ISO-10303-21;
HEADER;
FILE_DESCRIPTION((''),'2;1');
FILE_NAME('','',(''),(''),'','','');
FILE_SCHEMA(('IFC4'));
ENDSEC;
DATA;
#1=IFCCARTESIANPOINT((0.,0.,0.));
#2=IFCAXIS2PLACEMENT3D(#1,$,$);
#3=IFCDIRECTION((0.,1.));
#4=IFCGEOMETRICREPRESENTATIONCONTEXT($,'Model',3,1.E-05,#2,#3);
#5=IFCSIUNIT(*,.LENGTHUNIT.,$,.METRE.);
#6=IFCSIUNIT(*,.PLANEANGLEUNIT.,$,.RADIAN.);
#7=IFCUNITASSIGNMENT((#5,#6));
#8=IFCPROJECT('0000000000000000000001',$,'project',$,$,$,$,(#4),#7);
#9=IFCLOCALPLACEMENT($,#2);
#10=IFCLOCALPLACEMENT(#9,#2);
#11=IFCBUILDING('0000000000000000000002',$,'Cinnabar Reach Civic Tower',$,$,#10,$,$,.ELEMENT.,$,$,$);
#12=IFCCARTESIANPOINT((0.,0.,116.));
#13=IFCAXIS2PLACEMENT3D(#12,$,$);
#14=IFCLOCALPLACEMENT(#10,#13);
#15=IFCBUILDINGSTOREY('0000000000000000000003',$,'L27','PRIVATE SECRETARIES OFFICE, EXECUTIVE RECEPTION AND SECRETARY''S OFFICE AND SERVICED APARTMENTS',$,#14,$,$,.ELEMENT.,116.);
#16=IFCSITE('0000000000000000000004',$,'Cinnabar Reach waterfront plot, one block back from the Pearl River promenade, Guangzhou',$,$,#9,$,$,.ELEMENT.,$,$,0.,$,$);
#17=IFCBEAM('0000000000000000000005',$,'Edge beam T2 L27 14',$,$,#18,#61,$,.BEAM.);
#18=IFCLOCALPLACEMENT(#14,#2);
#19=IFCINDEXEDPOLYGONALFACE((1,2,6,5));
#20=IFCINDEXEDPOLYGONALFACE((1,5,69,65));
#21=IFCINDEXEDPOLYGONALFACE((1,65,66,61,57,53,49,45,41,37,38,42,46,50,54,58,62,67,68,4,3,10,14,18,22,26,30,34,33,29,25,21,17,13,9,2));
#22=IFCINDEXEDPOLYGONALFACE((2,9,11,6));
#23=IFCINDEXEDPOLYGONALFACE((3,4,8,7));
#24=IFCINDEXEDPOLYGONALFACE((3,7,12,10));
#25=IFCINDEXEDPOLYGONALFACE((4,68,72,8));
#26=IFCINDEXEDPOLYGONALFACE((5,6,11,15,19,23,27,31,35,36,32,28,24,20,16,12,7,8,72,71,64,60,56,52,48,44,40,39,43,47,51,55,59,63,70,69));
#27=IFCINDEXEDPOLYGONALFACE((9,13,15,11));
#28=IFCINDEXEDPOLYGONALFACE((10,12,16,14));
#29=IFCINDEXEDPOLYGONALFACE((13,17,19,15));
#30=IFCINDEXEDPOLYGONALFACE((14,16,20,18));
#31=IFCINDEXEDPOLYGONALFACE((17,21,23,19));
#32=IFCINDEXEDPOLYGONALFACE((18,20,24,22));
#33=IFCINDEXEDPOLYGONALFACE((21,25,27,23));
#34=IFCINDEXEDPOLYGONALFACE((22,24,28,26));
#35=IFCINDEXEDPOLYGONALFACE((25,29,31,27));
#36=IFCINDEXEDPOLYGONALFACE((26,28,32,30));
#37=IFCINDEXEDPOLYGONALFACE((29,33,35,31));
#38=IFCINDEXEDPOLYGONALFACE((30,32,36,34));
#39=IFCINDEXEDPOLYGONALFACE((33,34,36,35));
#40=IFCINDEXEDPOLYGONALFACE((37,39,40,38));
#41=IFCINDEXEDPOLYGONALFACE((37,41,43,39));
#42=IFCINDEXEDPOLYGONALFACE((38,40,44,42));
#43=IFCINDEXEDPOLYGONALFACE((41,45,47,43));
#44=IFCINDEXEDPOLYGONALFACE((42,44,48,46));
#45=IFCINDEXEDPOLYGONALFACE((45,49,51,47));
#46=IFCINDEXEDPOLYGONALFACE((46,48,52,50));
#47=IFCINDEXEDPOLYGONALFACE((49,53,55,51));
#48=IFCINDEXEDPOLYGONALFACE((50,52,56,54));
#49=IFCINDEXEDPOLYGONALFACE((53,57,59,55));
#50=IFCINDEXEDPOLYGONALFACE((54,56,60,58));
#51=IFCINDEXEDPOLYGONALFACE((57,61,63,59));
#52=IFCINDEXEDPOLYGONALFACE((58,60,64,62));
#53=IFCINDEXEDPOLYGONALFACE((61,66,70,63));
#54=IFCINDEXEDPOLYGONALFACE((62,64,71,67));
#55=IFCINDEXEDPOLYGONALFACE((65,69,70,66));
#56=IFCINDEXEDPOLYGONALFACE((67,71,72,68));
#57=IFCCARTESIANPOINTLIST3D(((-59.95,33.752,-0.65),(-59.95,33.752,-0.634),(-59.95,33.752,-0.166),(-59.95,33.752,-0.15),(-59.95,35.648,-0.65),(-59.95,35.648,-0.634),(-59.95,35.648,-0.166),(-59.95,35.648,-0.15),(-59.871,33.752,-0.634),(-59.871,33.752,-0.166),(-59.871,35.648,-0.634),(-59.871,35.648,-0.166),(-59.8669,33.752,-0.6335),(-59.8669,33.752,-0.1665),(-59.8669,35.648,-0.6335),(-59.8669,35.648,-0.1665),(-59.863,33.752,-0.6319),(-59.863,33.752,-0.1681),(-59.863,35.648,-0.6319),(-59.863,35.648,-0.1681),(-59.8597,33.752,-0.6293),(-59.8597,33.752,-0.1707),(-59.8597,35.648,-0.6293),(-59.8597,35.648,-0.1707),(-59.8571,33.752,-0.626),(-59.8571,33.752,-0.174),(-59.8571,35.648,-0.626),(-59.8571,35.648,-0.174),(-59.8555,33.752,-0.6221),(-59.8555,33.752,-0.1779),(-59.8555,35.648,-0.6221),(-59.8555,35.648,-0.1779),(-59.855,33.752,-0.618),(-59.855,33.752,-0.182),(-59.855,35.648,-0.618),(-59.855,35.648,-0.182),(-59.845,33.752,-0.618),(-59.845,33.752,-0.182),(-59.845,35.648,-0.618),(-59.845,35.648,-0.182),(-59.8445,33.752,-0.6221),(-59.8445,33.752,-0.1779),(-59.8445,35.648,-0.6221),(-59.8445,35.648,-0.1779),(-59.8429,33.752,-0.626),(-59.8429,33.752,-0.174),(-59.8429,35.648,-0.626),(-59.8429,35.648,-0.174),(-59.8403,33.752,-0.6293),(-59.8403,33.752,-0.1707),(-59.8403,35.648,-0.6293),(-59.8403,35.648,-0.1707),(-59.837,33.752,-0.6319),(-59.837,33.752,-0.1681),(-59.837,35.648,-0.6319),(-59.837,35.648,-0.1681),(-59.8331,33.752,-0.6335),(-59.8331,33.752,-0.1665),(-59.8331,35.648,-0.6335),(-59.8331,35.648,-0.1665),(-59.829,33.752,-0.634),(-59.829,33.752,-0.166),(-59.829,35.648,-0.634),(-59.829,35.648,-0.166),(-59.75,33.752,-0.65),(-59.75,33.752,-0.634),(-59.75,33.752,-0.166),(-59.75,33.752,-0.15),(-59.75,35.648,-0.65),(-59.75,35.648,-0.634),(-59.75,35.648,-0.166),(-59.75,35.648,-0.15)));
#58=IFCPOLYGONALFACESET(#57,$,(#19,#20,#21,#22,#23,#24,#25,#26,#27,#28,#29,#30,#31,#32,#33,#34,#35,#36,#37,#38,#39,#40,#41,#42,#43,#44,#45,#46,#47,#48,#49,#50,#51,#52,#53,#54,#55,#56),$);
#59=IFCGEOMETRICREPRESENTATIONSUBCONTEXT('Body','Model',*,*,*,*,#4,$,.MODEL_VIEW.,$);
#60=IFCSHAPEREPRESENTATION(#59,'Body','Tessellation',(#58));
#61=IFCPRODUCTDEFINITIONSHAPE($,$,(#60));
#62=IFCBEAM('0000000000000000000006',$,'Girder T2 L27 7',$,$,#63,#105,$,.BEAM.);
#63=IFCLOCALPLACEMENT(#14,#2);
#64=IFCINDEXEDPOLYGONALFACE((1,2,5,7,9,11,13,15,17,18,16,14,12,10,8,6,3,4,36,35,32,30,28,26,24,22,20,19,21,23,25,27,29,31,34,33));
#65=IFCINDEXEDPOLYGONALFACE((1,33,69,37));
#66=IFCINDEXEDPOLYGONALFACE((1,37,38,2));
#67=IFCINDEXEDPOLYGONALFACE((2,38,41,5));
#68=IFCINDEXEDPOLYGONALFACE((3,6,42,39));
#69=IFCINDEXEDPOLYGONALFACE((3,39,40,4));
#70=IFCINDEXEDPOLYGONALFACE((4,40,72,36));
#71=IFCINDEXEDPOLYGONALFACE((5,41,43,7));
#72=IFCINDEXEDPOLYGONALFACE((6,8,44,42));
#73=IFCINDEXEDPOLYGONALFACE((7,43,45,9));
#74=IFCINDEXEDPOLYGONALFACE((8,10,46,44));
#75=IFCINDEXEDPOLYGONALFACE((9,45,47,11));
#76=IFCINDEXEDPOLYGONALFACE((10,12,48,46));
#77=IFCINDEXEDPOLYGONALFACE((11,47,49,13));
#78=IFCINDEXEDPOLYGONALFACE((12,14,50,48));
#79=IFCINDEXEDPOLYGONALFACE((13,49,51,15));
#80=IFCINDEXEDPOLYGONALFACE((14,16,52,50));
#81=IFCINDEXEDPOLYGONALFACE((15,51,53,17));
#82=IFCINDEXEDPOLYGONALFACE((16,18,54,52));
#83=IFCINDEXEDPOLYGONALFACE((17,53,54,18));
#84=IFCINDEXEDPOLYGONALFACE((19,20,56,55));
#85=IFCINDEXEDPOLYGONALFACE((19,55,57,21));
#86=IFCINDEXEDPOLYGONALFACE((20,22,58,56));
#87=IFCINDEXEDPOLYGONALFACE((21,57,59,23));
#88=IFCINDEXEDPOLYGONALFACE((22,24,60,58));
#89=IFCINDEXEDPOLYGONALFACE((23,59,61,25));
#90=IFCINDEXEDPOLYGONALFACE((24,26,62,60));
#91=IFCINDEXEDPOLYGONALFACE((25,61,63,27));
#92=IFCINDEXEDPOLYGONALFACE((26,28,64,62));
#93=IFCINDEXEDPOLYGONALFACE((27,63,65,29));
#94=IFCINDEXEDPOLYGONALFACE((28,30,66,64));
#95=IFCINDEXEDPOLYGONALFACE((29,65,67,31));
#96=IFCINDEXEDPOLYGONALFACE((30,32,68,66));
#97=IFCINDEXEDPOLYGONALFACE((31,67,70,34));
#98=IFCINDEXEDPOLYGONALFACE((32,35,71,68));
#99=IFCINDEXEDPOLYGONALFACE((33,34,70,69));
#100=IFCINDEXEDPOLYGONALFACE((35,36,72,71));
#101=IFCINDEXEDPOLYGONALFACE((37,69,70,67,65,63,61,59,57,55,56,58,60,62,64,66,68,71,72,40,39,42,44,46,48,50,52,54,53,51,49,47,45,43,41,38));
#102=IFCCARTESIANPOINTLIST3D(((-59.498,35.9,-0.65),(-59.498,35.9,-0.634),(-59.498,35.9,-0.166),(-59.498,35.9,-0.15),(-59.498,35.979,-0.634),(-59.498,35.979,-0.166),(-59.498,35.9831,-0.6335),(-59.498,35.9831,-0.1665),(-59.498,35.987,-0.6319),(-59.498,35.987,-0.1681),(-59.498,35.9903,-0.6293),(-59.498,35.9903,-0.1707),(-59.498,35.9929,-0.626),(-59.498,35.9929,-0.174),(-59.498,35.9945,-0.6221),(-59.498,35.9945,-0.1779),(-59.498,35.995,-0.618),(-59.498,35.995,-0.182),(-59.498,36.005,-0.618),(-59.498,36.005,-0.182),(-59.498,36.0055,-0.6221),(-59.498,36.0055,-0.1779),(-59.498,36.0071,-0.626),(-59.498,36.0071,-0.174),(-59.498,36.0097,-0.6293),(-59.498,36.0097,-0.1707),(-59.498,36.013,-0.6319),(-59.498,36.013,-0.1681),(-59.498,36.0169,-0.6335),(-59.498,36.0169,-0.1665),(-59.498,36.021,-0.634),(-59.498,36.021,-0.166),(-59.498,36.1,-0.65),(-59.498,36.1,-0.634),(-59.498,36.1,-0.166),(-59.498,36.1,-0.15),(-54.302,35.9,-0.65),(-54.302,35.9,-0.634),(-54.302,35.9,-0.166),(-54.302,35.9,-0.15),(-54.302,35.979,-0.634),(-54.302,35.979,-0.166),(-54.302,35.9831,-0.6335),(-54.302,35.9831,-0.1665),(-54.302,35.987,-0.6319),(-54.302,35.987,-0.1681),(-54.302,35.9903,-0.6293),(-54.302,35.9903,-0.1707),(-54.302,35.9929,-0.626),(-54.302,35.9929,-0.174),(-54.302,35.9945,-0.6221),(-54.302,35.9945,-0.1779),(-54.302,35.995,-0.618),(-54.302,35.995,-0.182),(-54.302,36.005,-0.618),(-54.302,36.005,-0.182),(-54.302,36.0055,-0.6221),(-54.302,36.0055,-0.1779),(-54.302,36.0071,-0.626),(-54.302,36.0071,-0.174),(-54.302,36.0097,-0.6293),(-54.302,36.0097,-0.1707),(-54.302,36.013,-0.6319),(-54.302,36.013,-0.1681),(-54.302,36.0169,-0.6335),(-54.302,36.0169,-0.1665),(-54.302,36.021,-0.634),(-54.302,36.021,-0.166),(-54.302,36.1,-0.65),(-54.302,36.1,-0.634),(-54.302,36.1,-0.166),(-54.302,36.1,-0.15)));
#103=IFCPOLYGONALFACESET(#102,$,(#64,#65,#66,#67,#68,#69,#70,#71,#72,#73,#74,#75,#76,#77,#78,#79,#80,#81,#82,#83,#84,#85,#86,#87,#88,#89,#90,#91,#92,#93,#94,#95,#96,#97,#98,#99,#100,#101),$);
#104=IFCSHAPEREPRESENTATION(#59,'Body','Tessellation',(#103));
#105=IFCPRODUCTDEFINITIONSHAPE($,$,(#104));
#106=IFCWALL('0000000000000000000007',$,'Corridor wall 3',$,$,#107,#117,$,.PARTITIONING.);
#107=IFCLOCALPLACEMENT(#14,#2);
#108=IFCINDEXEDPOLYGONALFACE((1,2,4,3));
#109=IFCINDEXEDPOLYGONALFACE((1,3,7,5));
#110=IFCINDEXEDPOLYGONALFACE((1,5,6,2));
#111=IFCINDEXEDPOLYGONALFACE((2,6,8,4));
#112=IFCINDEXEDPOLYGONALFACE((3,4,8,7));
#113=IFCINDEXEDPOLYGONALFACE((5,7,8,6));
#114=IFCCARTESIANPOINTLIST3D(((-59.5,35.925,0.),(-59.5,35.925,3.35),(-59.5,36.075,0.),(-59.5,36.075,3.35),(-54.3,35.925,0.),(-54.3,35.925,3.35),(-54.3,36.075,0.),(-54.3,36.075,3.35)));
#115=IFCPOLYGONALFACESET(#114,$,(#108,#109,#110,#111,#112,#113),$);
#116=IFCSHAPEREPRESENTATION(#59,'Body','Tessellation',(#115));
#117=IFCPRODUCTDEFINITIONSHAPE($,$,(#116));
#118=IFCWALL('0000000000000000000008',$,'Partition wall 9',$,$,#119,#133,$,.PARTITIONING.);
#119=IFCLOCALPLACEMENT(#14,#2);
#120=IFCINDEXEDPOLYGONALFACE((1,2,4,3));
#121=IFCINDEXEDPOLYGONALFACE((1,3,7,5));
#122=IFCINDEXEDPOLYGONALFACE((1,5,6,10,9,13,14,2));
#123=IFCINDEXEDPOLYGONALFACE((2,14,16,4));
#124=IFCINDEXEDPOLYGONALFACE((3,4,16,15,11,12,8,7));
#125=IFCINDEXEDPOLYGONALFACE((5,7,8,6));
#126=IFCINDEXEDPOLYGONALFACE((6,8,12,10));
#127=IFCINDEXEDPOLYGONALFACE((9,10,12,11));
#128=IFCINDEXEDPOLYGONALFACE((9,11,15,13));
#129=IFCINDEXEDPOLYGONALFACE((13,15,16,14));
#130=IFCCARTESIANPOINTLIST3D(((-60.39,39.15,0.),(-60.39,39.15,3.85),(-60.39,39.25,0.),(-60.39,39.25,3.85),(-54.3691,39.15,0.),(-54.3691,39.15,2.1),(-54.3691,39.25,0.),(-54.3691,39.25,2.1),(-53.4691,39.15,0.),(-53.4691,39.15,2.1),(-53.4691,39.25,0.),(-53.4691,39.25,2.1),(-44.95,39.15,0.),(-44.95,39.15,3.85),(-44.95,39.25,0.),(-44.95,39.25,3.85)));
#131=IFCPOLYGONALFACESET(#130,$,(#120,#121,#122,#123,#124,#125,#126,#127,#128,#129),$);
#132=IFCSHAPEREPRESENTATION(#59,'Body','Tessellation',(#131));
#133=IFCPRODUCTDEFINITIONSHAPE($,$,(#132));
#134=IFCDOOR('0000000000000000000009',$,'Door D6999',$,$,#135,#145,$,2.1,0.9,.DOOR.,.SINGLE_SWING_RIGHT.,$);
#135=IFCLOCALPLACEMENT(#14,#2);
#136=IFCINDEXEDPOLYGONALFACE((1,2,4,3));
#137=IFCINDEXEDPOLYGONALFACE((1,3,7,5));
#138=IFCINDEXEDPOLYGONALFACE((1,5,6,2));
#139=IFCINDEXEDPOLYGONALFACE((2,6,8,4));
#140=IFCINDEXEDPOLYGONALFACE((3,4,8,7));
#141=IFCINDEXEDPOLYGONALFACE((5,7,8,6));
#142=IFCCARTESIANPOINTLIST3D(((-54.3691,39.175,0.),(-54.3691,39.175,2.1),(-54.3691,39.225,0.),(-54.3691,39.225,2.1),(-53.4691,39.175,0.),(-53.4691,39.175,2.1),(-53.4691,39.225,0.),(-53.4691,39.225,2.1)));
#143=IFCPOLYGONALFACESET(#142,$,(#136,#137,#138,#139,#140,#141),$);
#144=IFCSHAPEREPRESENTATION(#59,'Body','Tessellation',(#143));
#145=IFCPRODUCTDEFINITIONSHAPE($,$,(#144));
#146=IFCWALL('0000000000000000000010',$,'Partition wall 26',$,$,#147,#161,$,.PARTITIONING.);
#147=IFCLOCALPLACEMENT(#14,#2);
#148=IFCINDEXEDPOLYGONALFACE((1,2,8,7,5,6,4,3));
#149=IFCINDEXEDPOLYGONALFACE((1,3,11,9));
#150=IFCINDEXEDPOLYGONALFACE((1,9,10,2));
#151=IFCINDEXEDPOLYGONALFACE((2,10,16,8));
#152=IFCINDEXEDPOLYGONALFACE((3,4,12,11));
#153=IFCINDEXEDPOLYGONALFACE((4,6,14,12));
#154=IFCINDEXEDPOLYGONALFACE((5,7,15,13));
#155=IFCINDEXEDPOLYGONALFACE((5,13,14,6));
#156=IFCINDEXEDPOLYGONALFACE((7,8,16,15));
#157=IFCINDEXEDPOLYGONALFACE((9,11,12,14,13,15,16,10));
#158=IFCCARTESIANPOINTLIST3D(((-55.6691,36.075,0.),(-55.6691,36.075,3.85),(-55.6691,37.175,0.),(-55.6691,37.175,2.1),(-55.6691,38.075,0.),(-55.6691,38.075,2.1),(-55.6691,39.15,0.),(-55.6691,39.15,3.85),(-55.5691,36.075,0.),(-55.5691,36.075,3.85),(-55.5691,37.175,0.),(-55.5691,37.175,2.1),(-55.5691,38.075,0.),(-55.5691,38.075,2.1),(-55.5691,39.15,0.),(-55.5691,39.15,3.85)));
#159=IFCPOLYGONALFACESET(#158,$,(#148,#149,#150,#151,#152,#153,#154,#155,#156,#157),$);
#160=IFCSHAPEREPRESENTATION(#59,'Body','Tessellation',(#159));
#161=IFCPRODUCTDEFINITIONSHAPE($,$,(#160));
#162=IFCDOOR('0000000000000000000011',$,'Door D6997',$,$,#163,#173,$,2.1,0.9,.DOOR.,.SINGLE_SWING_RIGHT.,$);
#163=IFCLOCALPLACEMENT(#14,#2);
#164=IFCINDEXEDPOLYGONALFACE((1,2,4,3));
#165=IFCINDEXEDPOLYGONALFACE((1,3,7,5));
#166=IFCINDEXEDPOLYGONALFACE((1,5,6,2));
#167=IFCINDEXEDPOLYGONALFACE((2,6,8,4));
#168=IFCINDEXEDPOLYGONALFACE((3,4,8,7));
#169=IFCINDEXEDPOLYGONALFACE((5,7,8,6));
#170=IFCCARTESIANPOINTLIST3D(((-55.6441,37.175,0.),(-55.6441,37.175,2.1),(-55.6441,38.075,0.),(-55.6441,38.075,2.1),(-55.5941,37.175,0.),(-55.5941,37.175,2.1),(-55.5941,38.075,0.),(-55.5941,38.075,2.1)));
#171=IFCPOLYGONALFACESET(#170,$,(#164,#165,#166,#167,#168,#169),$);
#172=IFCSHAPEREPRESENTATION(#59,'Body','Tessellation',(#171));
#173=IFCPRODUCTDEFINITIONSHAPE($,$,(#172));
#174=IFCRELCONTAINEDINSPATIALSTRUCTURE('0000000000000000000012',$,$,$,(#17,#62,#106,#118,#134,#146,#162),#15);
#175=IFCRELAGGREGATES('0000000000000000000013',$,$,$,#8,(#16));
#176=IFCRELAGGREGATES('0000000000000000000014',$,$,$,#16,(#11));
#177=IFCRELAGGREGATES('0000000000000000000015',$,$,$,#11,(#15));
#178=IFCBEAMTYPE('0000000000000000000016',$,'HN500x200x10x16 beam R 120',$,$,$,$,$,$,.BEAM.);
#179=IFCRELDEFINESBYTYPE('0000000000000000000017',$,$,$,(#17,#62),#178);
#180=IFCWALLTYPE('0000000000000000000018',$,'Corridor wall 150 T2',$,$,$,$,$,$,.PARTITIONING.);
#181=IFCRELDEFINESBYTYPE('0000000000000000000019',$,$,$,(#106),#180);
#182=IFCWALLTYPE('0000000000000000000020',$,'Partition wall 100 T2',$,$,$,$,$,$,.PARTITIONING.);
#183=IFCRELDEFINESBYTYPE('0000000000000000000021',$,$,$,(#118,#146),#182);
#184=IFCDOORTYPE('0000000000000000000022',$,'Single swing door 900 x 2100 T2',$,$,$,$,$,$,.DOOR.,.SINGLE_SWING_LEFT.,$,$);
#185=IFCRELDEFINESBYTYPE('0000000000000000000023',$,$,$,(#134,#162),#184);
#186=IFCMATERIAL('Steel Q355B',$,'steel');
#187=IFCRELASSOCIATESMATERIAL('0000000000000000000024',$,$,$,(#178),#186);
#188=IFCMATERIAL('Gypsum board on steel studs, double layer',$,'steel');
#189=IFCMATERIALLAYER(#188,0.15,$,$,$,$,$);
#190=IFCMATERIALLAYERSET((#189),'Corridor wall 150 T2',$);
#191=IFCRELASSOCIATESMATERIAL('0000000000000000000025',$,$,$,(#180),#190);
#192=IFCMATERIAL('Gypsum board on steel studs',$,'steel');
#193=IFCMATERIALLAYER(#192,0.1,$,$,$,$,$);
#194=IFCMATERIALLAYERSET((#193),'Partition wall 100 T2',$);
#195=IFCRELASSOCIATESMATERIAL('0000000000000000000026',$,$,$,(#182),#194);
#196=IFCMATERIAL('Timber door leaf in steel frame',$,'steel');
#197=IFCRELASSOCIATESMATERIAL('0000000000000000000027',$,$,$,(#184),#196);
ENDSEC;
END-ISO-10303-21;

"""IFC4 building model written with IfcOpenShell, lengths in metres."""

from ifc_helpers import new_model, si_unit, direction, frame, frame_2d, origin, origin_2d, place, context, subcontext, project, spatial, rectangle, i_section, extrude, material, layer, layer_set, material_profile, profile_set, type_object, element, fill, save


model = new_model("IFC4")

# Units and contexts
model_context = context("Model", 3, precision=1e-05, world=origin(), true_north=direction((0.0, 1.0)))
body_context = subcontext(model_context, "Body", "Model", "MODEL_VIEW")
ifc_project = project(units=[si_unit("LENGTHUNIT", "METRE"), si_unit("PLANEANGLEUNIT", "RADIAN")], contexts=[model_context])

# Site, building, storey
site_placement = place(None, origin())
site = spatial("IfcSite", under=ifc_project, at=site_placement, Name="Cinnabar Reach waterfront plot, one block back from the Pearl River promenade, Guangzhou", CompositionType="ELEMENT", RefElevation=0.0)
building_placement = place(site_placement, origin())
building = spatial("IfcBuilding", under=site, at=building_placement, Name="Cinnabar Reach Civic Tower", CompositionType="ELEMENT")
storey_placement = place(building_placement, frame((0.0, 0.0, 116.0)))
storey = spatial("IfcBuildingStorey", under=building, at=storey_placement, Name="L27", Description="PRIVATE SECRETARIES OFFICE, EXECUTIVE RECEPTION AND SECRETARY'S OFFICE AND SERVICED APARTMENTS", CompositionType="ELEMENT", Elevation=116.0)

# Beams
ifc_material_1 = material(Name="Steel Q355B", Category="steel")
ifc_material_profile_1 = material_profile(ifc_material_1, i_section(OverallWidth=0.2, OverallDepth=0.5, WebThickness=0.01, FlangeThickness=0.016, FilletRadius=0.016, at=origin_2d()), Name="HN500x200x10x16")
ifc_profile_set_1 = profile_set([ifc_material_profile_1], Name="Steel Q355B")
beam_type_1 = type_object("IfcBeamType", Name="HN500x200x10x16 beam R 120", PredefinedType="BEAM", material=ifc_profile_set_1)
beam_1_placement = place(storey_placement, frame((-59.85, 35.648, -0.4), z_axis=(0.0, -1.0, 0.0), x_axis=(1.0, 0.0, 0.0)))
element("IfcBeam", 1, at=beam_1_placement, inside=storey, type_object=beam_type_1, Name="Edge beam T2 L27 14", PredefinedType="BEAM", context=body_context, shape_type="SweptSolid", body=[
    extrude(i_section(OverallWidth=0.2, OverallDepth=0.5, WebThickness=0.01, FlangeThickness=0.016, FilletRadius=0.016, at=origin_2d()), origin(), (0.0, 0.0, 1.0), 1.896),
])
beam_2_placement = place(storey_placement, frame((-59.498, 36.0, -0.4), z_axis=(1.0, 0.0, 0.0), x_axis=(0.0, 1.0, 0.0)))
element("IfcBeam", 2, at=beam_2_placement, inside=storey, type_object=beam_type_1, Name="Girder T2 L27 7", PredefinedType="BEAM", context=body_context, shape_type="SweptSolid", body=[
    extrude(i_section(OverallWidth=0.2, OverallDepth=0.5, WebThickness=0.01, FlangeThickness=0.016, FilletRadius=0.016, at=origin_2d()), origin(), (0.0, 0.0, 1.0), 5.196),
])

# Wall
ifc_material_2 = material(Name="Gypsum board on steel studs, double layer", Category="steel")
ifc_layer_1 = layer(ifc_material_2, 0.15)
ifc_layer_set_1 = layer_set([ifc_layer_1], Name="Corridor wall 150 T2")
wall_type_1 = type_object("IfcWallType", Name="Corridor wall 150 T2", PredefinedType="PARTITIONING", material=ifc_layer_set_1)
wall_1_placement = place(storey_placement, frame((-59.5, 36.0, 0.0), z_axis=(0.0, 0.0, 1.0), x_axis=(1.0, 0.0, 0.0)))
element("IfcWall", 3, at=wall_1_placement, inside=storey, type_object=wall_type_1, Name="Corridor wall 3", PredefinedType="PARTITIONING", context=body_context, shape_type="SweptSolid", body=[
    extrude(rectangle(XDim=5.2, YDim=0.15, at=frame_2d((2.6, 0.0))), origin(), (0.0, 0.0, 1.0), 3.35),
])

# Walls, openings, doors
ifc_material_3 = material(Name="Gypsum board on steel studs", Category="steel")
ifc_layer_2 = layer(ifc_material_3, 0.1)
ifc_layer_set_2 = layer_set([ifc_layer_2], Name="Partition wall 100 T2")
wall_type_2 = type_object("IfcWallType", Name="Partition wall 100 T2", PredefinedType="PARTITIONING", material=ifc_layer_set_2)
wall_2_placement = place(storey_placement, frame((-60.39, 39.2, 0.0), z_axis=(0.0, 0.0, 1.0), x_axis=(1.0, 0.0, 0.0)))
wall_2 = element("IfcWall", 4, at=wall_2_placement, inside=storey, type_object=wall_type_2, Name="Partition wall 9", PredefinedType="PARTITIONING", context=body_context, shape_type="SweptSolid", body=[
    extrude(rectangle(XDim=15.44, YDim=0.1, at=frame_2d((7.72, 0.0))), origin(), (0.0, 0.0, 1.0), 3.85),
])
opening_1_placement = place(wall_2_placement, frame((6.0209, 0.0, 0.0)))
opening_1 = element("IfcOpeningElement", 5, at=opening_1_placement, cuts=wall_2, PredefinedType="OPENING", context=body_context, shape_type="SweptSolid", body=[
    extrude(rectangle(XDim=0.9, YDim=2.1, at=frame_2d((0.45, 1.05))), frame((0.0, 0.06, 0.0), z_axis=(0.0, -1.0, 0.0), x_axis=(1.0, 0.0, 0.0)), (0.0, 0.0, 1.0), 0.12),
])
ifc_material_4 = material(Name="Timber door leaf in steel frame", Category="steel")
door_type = type_object("IfcDoorType", Name="Single swing door 900 x 2100 T2", OperationType="SINGLE_SWING_LEFT", PredefinedType="DOOR", material=ifc_material_4)
door_1_placement = place(opening_1_placement, frame((0.9, 0.0, 0.0), z_axis=(0.0, 0.0, 1.0), x_axis=(-1.0, 0.0, 0.0)))
door_1 = element("IfcDoor", 6, at=door_1_placement, inside=storey, type_object=door_type, Name="Door D6999", OperationType="SINGLE_SWING_RIGHT", OverallHeight=2.1, OverallWidth=0.9, PredefinedType="DOOR", context=body_context, shape_type="SweptSolid", body=[
    extrude(rectangle(XDim=0.9, YDim=2.1, at=frame_2d((0.45, 1.05))), frame((0.0, 0.025, 0.0), z_axis=(0.0, -1.0, 0.0), x_axis=(1.0, 0.0, 0.0)), (0.0, 0.0, 1.0), 0.05),
])
fill(opening_1, door_1)
wall_3_placement = place(storey_placement, frame((-55.6191, 36.075, 0.0), z_axis=(0.0, 0.0, 1.0), x_axis=(0.0, 1.0, 0.0)))
wall_3 = element("IfcWall", 7, at=wall_3_placement, inside=storey, type_object=wall_type_2, Name="Partition wall 26", PredefinedType="PARTITIONING", context=body_context, shape_type="SweptSolid", body=[
    extrude(rectangle(XDim=3.075, YDim=0.1, at=frame_2d((1.5375, 0.0))), origin(), (0.0, 0.0, 1.0), 3.85),
])
opening_2_placement = place(wall_3_placement, frame((1.1, 0.0, 0.0)))
opening_2 = element("IfcOpeningElement", 8, at=opening_2_placement, cuts=wall_3, PredefinedType="OPENING", context=body_context, shape_type="SweptSolid", body=[
    extrude(rectangle(XDim=0.9, YDim=2.1, at=frame_2d((0.45, 1.05))), frame((0.0, 0.06, 0.0), z_axis=(0.0, -1.0, 0.0), x_axis=(1.0, 0.0, 0.0)), (0.0, 0.0, 1.0), 0.12),
])
door_2_placement = place(opening_2_placement, origin())
door_2 = element("IfcDoor", 9, at=door_2_placement, inside=storey, type_object=door_type, Name="Door D6997", OperationType="SINGLE_SWING_RIGHT", OverallHeight=2.1, OverallWidth=0.9, PredefinedType="DOOR", context=body_context, shape_type="SweptSolid", body=[
    extrude(rectangle(XDim=0.9, YDim=2.1, at=frame_2d((0.45, 1.05))), frame((0.0, 0.025, 0.0), z_axis=(0.0, -1.0, 0.0), x_axis=(1.0, 0.0, 0.0)), (0.0, 0.0, 1.0), 0.05),
])
fill(opening_2, door_2)

save(model, "model.ifc")
